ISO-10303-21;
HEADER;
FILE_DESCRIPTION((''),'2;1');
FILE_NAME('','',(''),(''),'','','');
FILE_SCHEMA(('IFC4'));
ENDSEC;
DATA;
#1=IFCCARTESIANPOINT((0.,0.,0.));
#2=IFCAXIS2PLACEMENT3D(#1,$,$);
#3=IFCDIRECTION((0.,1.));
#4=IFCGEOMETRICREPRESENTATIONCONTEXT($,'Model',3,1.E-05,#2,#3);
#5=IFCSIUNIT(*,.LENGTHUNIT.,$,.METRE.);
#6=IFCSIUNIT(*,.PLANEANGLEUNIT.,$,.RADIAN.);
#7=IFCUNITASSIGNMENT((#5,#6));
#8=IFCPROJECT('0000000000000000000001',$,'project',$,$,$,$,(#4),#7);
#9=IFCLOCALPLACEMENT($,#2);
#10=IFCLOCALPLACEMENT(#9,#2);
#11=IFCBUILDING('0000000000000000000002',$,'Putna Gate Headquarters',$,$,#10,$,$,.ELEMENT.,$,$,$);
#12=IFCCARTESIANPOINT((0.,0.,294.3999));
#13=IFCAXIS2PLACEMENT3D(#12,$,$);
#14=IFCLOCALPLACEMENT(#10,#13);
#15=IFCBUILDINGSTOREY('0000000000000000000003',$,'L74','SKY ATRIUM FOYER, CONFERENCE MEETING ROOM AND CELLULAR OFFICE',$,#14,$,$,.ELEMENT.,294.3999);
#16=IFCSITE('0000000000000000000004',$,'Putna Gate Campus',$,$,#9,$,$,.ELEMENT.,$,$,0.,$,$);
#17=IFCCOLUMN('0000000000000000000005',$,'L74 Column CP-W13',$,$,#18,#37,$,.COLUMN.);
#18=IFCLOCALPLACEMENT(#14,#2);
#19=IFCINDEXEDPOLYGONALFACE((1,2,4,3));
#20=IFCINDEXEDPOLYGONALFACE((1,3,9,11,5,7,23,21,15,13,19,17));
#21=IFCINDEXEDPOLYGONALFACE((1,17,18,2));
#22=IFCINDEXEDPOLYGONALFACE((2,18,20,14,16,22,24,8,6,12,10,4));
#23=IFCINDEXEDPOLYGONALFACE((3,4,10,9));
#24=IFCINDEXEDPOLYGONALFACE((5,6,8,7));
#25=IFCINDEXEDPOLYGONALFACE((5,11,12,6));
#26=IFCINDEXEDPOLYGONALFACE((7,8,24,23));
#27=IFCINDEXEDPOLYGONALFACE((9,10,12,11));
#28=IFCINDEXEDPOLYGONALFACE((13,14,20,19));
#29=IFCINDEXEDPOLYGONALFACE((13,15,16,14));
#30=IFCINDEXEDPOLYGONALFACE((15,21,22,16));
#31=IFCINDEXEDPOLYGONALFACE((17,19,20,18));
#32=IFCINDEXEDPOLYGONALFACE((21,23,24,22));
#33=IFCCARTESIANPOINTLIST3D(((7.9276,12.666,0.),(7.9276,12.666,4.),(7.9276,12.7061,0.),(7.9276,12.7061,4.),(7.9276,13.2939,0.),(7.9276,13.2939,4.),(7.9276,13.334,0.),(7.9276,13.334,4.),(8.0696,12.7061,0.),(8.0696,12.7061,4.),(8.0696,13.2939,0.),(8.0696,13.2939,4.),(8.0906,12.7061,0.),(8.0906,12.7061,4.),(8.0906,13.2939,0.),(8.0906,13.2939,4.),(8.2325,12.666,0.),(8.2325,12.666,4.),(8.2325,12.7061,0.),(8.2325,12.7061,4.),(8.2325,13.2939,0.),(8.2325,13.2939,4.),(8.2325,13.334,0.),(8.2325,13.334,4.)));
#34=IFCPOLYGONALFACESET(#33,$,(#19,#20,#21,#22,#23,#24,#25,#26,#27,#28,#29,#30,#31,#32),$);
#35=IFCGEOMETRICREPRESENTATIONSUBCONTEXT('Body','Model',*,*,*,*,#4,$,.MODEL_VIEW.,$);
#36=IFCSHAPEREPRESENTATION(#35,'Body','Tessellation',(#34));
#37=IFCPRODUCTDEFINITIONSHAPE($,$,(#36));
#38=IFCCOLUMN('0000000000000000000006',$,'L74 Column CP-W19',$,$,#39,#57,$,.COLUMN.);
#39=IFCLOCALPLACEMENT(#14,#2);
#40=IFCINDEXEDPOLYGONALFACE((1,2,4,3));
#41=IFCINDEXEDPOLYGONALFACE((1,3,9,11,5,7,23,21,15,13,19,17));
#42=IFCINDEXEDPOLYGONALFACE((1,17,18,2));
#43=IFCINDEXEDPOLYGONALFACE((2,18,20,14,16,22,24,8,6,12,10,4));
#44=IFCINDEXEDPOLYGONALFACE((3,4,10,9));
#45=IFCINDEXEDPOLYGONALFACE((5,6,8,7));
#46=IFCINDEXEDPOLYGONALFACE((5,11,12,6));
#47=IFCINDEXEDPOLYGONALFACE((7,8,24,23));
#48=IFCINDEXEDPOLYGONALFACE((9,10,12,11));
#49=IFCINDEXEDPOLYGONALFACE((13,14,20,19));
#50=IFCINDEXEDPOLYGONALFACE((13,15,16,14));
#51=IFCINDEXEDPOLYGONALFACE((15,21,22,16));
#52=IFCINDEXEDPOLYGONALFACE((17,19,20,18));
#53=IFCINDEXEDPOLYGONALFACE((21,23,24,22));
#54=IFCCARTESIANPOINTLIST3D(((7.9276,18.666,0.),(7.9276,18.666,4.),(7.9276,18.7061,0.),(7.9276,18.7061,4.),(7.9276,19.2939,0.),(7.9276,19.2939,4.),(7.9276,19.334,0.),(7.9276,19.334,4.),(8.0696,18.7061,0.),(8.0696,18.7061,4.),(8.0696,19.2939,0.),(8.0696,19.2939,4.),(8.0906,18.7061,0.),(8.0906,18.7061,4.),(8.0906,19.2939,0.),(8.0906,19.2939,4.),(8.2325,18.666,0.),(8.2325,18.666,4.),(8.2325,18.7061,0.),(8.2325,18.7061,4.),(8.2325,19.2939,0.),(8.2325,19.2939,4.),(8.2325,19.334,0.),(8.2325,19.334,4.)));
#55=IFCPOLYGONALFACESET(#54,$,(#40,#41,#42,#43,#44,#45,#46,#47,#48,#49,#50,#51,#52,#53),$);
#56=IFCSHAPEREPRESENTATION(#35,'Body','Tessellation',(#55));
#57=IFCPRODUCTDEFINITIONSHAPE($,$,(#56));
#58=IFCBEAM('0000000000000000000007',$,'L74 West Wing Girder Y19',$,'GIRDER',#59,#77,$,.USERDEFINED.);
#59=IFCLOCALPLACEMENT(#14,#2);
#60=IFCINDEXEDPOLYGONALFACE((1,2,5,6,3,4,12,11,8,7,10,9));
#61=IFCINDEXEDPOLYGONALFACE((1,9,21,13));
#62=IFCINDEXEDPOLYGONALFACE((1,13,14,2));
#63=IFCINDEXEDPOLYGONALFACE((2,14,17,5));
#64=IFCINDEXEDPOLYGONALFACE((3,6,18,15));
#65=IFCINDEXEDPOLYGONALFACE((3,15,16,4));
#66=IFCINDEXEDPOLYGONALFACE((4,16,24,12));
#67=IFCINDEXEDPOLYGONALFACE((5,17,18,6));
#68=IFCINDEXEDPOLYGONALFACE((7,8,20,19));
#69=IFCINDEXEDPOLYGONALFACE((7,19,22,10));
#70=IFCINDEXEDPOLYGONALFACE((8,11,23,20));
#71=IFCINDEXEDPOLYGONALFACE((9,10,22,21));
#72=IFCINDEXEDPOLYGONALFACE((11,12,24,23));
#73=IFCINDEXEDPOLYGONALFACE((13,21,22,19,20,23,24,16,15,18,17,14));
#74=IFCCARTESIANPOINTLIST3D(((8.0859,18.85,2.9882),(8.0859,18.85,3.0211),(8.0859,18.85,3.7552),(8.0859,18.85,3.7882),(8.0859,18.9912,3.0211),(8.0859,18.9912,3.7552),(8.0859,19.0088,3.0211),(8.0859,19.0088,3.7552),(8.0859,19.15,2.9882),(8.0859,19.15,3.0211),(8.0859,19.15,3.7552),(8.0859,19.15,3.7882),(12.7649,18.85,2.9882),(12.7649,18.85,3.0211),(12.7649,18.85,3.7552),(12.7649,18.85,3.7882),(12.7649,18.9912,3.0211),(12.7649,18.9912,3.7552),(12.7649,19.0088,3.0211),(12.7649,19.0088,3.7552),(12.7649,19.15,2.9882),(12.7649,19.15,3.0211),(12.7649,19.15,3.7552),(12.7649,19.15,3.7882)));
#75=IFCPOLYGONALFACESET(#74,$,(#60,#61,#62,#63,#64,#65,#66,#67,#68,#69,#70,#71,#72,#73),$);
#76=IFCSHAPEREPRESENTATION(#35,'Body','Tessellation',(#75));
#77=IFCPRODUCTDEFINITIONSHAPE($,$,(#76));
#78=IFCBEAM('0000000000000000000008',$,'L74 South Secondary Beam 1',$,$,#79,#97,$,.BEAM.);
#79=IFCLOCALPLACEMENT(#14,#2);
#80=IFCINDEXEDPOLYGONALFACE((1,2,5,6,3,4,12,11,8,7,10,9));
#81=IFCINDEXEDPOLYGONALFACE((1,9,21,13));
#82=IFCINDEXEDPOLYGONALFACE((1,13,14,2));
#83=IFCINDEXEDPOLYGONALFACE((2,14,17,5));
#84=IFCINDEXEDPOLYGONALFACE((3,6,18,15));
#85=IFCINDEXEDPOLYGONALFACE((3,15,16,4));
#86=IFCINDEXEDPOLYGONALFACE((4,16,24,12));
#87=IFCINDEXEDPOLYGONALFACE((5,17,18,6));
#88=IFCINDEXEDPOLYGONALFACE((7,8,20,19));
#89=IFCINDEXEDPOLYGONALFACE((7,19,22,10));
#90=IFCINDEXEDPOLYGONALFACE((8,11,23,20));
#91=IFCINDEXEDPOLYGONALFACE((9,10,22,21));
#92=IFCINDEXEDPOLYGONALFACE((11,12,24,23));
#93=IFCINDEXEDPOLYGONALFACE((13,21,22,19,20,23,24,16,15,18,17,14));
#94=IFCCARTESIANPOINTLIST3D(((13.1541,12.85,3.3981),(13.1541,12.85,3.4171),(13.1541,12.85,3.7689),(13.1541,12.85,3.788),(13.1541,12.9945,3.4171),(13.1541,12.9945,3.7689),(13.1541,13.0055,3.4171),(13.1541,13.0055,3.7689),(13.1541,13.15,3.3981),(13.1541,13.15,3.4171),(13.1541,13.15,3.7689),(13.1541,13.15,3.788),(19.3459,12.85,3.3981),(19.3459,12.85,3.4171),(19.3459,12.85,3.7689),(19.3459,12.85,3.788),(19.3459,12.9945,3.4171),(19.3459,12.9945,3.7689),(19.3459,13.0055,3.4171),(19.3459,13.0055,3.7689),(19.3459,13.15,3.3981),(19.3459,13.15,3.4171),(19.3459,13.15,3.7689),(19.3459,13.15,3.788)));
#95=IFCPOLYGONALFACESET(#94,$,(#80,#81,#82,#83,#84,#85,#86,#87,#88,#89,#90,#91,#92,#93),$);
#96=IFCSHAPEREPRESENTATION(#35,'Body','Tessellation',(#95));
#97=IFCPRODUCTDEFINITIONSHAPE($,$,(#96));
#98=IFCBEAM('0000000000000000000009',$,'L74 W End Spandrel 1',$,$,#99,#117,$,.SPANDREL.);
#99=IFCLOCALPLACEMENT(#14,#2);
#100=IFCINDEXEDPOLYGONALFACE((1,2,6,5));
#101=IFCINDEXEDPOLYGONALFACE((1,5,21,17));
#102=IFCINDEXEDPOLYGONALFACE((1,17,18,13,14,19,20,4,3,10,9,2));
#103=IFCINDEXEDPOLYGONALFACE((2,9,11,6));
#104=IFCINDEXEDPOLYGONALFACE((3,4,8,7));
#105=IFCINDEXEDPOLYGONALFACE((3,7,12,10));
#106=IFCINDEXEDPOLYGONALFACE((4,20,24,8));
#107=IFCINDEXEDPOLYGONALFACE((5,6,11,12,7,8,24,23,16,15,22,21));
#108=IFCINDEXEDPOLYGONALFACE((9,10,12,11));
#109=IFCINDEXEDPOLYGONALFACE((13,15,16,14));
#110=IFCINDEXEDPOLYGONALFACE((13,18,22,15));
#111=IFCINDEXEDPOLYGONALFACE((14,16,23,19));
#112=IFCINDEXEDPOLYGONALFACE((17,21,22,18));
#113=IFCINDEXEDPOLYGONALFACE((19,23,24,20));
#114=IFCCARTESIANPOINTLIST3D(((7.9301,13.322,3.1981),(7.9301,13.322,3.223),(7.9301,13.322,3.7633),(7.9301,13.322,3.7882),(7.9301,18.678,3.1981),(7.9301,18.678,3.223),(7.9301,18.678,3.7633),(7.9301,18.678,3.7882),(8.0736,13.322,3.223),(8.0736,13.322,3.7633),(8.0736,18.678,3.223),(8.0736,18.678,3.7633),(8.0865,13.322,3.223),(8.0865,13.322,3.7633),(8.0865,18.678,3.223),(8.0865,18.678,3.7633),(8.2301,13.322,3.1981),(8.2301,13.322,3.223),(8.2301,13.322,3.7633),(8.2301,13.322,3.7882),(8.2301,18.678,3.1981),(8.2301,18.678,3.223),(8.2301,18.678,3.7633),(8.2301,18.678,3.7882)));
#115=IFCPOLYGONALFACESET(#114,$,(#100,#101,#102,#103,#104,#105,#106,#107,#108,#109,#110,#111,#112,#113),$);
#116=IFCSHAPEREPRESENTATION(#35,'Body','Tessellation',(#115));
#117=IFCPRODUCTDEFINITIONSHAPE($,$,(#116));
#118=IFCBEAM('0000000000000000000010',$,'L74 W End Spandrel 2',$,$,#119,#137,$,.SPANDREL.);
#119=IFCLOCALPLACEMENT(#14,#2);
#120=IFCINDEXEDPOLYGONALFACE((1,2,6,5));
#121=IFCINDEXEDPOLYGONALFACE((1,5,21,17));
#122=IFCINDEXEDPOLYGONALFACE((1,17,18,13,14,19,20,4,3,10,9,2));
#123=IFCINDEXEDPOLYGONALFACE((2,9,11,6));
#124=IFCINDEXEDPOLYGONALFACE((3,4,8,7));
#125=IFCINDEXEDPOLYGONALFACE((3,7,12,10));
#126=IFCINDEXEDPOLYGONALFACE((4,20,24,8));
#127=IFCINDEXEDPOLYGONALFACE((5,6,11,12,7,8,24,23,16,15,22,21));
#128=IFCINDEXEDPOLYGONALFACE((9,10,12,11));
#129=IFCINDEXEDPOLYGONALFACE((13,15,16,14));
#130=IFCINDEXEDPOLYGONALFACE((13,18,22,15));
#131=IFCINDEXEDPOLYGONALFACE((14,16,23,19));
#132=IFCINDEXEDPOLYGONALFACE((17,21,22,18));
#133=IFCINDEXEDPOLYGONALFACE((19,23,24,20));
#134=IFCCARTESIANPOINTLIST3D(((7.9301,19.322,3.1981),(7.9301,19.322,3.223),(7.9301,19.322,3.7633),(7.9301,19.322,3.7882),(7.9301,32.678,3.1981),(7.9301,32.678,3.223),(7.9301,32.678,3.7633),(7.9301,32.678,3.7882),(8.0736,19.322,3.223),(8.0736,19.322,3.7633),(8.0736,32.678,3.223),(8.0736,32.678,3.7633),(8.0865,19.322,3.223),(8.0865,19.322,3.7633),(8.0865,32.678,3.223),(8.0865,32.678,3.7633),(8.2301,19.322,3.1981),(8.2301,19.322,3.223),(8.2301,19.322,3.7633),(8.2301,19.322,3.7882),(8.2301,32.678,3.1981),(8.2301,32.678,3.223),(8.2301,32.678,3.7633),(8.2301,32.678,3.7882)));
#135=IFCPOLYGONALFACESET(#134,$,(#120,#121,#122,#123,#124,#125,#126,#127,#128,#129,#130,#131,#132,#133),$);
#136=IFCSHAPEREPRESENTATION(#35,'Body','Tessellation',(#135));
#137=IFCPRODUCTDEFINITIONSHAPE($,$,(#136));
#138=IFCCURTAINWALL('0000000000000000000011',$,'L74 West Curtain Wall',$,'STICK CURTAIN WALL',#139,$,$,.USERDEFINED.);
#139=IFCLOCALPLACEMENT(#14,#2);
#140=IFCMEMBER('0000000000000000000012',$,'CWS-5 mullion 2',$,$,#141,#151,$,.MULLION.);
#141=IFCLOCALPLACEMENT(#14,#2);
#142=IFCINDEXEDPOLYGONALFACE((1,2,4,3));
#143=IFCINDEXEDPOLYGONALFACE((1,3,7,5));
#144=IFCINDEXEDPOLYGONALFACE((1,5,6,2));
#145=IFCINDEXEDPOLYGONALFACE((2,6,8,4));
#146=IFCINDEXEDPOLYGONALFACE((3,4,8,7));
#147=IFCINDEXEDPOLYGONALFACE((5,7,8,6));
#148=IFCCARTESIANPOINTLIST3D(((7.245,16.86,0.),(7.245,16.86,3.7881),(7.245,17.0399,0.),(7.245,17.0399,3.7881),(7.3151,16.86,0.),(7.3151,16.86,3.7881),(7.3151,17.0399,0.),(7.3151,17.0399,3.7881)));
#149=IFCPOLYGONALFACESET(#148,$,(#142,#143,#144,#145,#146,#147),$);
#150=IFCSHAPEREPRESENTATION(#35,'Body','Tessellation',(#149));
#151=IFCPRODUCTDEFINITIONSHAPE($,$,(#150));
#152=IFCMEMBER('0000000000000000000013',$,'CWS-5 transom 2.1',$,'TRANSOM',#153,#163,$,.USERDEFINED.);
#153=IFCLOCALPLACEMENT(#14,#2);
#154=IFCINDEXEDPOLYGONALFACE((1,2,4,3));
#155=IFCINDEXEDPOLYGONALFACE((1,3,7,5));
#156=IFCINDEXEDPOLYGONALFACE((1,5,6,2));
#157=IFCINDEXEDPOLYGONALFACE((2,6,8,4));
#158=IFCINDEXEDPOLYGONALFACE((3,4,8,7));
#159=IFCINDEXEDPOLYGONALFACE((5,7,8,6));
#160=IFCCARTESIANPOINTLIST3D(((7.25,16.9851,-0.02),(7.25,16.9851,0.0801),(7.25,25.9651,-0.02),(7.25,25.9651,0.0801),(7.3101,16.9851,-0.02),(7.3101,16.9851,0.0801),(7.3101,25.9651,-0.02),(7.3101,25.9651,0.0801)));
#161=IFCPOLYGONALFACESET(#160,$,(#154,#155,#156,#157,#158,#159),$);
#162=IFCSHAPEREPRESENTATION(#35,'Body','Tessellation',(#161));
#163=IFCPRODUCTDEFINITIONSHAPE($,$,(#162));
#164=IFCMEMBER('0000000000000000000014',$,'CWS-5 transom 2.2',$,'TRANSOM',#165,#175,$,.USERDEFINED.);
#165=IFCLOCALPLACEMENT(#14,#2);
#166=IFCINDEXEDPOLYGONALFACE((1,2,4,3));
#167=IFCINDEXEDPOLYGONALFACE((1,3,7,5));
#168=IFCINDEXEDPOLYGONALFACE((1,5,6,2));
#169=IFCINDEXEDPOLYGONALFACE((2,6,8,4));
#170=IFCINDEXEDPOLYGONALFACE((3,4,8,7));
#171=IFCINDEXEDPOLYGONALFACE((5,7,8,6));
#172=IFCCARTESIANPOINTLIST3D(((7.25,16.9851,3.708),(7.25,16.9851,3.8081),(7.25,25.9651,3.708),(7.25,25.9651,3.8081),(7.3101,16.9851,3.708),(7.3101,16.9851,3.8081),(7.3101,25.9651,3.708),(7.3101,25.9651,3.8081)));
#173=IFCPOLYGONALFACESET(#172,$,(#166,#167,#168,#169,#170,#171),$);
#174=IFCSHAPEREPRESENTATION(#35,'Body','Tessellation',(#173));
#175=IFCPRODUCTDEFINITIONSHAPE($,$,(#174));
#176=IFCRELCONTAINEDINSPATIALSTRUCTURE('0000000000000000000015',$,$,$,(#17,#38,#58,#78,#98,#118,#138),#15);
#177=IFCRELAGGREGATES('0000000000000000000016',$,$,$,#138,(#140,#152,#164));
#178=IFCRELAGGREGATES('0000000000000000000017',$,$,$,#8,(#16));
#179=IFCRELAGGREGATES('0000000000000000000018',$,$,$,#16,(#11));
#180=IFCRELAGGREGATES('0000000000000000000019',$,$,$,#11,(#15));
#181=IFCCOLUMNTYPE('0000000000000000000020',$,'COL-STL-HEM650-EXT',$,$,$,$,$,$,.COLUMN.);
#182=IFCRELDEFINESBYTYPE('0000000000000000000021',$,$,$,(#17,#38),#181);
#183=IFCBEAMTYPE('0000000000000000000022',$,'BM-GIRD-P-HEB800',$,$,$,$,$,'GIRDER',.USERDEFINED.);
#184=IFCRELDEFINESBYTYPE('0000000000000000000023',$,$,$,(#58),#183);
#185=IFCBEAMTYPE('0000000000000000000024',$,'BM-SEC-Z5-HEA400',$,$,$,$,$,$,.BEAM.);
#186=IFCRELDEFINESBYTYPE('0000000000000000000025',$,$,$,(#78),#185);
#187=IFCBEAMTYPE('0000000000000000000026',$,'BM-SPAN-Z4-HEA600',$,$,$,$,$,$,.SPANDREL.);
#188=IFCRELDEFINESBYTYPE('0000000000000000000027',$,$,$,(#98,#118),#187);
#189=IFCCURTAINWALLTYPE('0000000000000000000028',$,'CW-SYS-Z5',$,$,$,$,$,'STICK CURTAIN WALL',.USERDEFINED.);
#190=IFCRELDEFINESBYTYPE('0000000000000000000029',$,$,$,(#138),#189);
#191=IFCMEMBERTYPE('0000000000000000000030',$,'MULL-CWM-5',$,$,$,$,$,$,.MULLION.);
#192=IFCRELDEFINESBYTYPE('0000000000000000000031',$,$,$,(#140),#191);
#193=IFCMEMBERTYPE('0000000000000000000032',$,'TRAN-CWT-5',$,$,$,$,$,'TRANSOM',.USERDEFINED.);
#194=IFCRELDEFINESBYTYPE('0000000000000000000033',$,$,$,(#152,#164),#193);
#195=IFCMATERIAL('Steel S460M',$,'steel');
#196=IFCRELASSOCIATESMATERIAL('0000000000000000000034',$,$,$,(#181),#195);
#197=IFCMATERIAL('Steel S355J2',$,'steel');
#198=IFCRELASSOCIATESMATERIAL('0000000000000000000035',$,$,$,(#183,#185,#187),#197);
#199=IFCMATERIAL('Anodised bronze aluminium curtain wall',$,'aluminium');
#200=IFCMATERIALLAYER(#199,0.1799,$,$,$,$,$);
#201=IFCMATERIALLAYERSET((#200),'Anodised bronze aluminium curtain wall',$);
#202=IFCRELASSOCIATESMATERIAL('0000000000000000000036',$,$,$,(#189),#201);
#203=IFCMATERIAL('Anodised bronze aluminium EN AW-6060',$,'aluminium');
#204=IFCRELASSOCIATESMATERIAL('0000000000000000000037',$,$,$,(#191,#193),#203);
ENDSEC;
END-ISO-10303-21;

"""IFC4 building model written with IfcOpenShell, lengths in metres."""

from ifc_helpers import new_model, si_unit, direction, frame, origin, origin_2d, place, context, subcontext, project, spatial, rectangle, i_section, extrude, material, layer, layer_set, material_profile, profile_set, type_object, element, aggregate, save


model = new_model("IFC4")

# Units and contexts
model_context = context("Model", 3, precision=1e-05, world=origin(), true_north=direction((0.0, 1.0)))
body_context = subcontext(model_context, "Body", "Model", "MODEL_VIEW")
ifc_project = project(units=[si_unit("LENGTHUNIT", "METRE"), si_unit("PLANEANGLEUNIT", "RADIAN")], contexts=[model_context])

# Site, building, storey
site_placement = place(None, origin())
site = spatial("IfcSite", under=ifc_project, at=site_placement, Name="Putna Gate Campus", CompositionType="ELEMENT", RefElevation=0.0)
building_placement = place(site_placement, origin())
building = spatial("IfcBuilding", under=site, at=building_placement, Name="Putna Gate Headquarters", CompositionType="ELEMENT")
storey_placement = place(building_placement, frame((0.0, 0.0, 294.3999)))
storey = spatial("IfcBuildingStorey", under=building, at=storey_placement, Name="L74", Description="SKY ATRIUM FOYER, CONFERENCE MEETING ROOM AND CELLULAR OFFICE", CompositionType="ELEMENT", Elevation=294.3999)

# Columns
ifc_material_1 = material(Name="Steel S460M", Category="steel")
ifc_material_profile_1 = material_profile(ifc_material_1, i_section(OverallWidth=0.3049, OverallDepth=0.668, WebThickness=0.021, FlangeThickness=0.04, at=origin_2d()), Name="Steel S460M")
ifc_profile_set_1 = profile_set([ifc_material_profile_1], Name="Steel S460M")
column_type = type_object("IfcColumnType", Name="COL-STL-HEM650-EXT", PredefinedType="COLUMN", material=ifc_profile_set_1)
for number, where, z_axis, x_axis, name in (
    (1, (8.0801, 13.0, 0.0), (0.0, 0.0, 1.0), (1.0, 0.0, 0.0), "L74 Column CP-W13"),
    (2, (8.0801, 19.0, 0.0), (0.0, 0.0, 1.0), (1.0, 0.0, 0.0), "L74 Column CP-W19"),
):
    element("IfcColumn", number, at=place(storey_placement, frame(where, z_axis=z_axis, x_axis=x_axis)), inside=storey, type_object=column_type, Name=name, PredefinedType="COLUMN", context=body_context, shape_type="SweptSolid", body=[
        extrude(i_section(OverallWidth=0.3049, OverallDepth=0.668, WebThickness=0.021, FlangeThickness=0.04, at=origin_2d()), origin(), (0.0, 0.0, 1.0), 4.0),
    ])

# Beams
ifc_material_2 = material(Name="Steel S355J2", Category="steel")
ifc_material_profile_2 = material_profile(ifc_material_2, i_section(OverallWidth=0.3, OverallDepth=0.8, WebThickness=0.0176, FlangeThickness=0.033, at=origin_2d()), Name="Steel S355J2")
ifc_profile_set_2 = profile_set([ifc_material_profile_2], Name="Steel S355J2")
beam_type_1 = type_object("IfcBeamType", Name="BM-GIRD-P-HEB800", ElementType="GIRDER", PredefinedType="USERDEFINED", material=ifc_profile_set_2)
beam_1_placement = place(storey_placement, frame((8.0859, 19.0, 3.3882), z_axis=(1.0, 0.0, 0.0), x_axis=(0.0, 1.0, 0.0)))
element("IfcBeam", 3, at=beam_1_placement, inside=storey, type_object=beam_type_1, Name="L74 West Wing Girder Y19", ObjectType="GIRDER", PredefinedType="USERDEFINED", context=body_context, shape_type="SweptSolid", body=[
    extrude(i_section(OverallWidth=0.3, OverallDepth=0.8, WebThickness=0.0176, FlangeThickness=0.033, at=origin_2d()), origin(), (0.0, 0.0, 1.0), 4.679),
])
ifc_material_profile_3 = material_profile(ifc_material_2, i_section(OverallWidth=0.3, OverallDepth=0.3899, WebThickness=0.011, FlangeThickness=0.019, at=origin_2d()), Name="Steel S355J2")
ifc_profile_set_3 = profile_set([ifc_material_profile_3], Name="Steel S355J2")
beam_type_2 = type_object("IfcBeamType", Name="BM-SEC-Z5-HEA400", PredefinedType="BEAM", material=ifc_profile_set_3)
beam_2_placement = place(storey_placement, frame((13.1541, 13.0, 3.593), z_axis=(1.0, 0.0, 0.0), x_axis=(0.0, 1.0, 0.0)))
element("IfcBeam", 4, at=beam_2_placement, inside=storey, type_object=beam_type_2, Name="L74 South Secondary Beam 1", PredefinedType="BEAM", context=body_context, shape_type="SweptSolid", body=[
    extrude(i_section(OverallWidth=0.3, OverallDepth=0.3899, WebThickness=0.011, FlangeThickness=0.019, at=origin_2d()), origin(), (0.0, 0.0, 1.0), 6.1919),
])
ifc_material_profile_4 = material_profile(ifc_material_2, i_section(OverallWidth=0.3, OverallDepth=0.5901, WebThickness=0.0129, FlangeThickness=0.0249, at=origin_2d()), Name="Steel S355J2")
ifc_profile_set_4 = profile_set([ifc_material_profile_4], Name="Steel S355J2")
beam_type_3 = type_object("IfcBeamType", Name="BM-SPAN-Z4-HEA600", PredefinedType="SPANDREL", material=ifc_profile_set_4)
beam_3_placement = place(storey_placement, frame((8.0801, 13.322, 3.4932), z_axis=(0.0, 1.0, 0.0), x_axis=(-1.0, 0.0, 0.0)))
element("IfcBeam", 5, at=beam_3_placement, inside=storey, type_object=beam_type_3, Name="L74 W End Spandrel 1", PredefinedType="SPANDREL", context=body_context, shape_type="SweptSolid", body=[
    extrude(i_section(OverallWidth=0.3, OverallDepth=0.5901, WebThickness=0.0129, FlangeThickness=0.0249, at=origin_2d()), origin(), (0.0, 0.0, 1.0), 5.356),
])
beam_4_placement = place(storey_placement, frame((8.0801, 19.322, 3.4932), z_axis=(0.0, 1.0, 0.0), x_axis=(-1.0, 0.0, 0.0)))
element("IfcBeam", 6, at=beam_4_placement, inside=storey, type_object=beam_type_3, Name="L74 W End Spandrel 2", PredefinedType="SPANDREL", context=body_context, shape_type="SweptSolid", body=[
    extrude(i_section(OverallWidth=0.3, OverallDepth=0.5901, WebThickness=0.0129, FlangeThickness=0.0249, at=origin_2d()), origin(), (0.0, 0.0, 1.0), 13.356),
])

# Curtain wall, members
ifc_material_3 = material(Name="Anodised bronze aluminium curtain wall", Category="aluminium")
ifc_layer_1 = layer(ifc_material_3, 0.1799)
ifc_layer_set_1 = layer_set([ifc_layer_1], Name="Anodised bronze aluminium curtain wall")
curtain_wall_type = type_object("IfcCurtainWallType", Name="CW-SYS-Z5", ElementType="STICK CURTAIN WALL", PredefinedType="USERDEFINED", material=ifc_layer_set_1)
curtain_wall_placement = place(storey_placement, origin())
curtain_wall = element("IfcCurtainWall", 7, at=curtain_wall_placement, inside=storey, type_object=curtain_wall_type, Name="L74 West Curtain Wall", ObjectType="STICK CURTAIN WALL", PredefinedType="USERDEFINED")
ifc_material_4 = material(Name="Anodised bronze aluminium EN AW-6060", Category="aluminium")
ifc_material_profile_5 = material_profile(ifc_material_4, rectangle(XDim=0.0701, YDim=0.1799, at=origin_2d()), Name="Anodised bronze aluminium EN AW-6060")
ifc_profile_set_5 = profile_set([ifc_material_profile_5], Name="Anodised bronze aluminium EN AW-6060")
member_type_1 = type_object("IfcMemberType", Name="MULL-CWM-5", PredefinedType="MULLION", material=ifc_profile_set_5)
member_1_placement = place(storey_placement, frame((7.28, 16.95, 0.0), z_axis=(0.0, 0.0, 1.0), x_axis=(-1.0, 0.0, 0.0)))
member_1 = element("IfcMember", 8, at=member_1_placement, type_object=member_type_1, Name="CWS-5 mullion 2", PredefinedType="MULLION", context=body_context, shape_type="SweptSolid", body=[
    extrude(rectangle(XDim=0.0701, YDim=0.1799, at=origin_2d()), origin(), (0.0, 0.0, 1.0), 3.7881),
])
ifc_material_profile_6 = material_profile(ifc_material_4, rectangle(XDim=0.0601, YDim=0.1001, at=origin_2d()), Name="Anodised bronze aluminium EN AW-6060")
ifc_profile_set_6 = profile_set([ifc_material_profile_6], Name="Anodised bronze aluminium EN AW-6060")
member_type_2 = type_object("IfcMemberType", Name="TRAN-CWT-5", ElementType="TRANSOM", PredefinedType="USERDEFINED", material=ifc_profile_set_6)
member_2_placement = place(storey_placement, frame((7.28, 16.9851, 0.03), z_axis=(0.0, 1.0, 0.0), x_axis=(-1.0, 0.0, 0.0)))
member_2 = element("IfcMember", 9, at=member_2_placement, type_object=member_type_2, Name="CWS-5 transom 2.1", ObjectType="TRANSOM", PredefinedType="USERDEFINED", context=body_context, shape_type="SweptSolid", body=[
    extrude(rectangle(XDim=0.0601, YDim=0.1001, at=origin_2d()), origin(), (0.0, 0.0, 1.0), 8.98),
])
member_3_placement = place(storey_placement, frame((7.28, 16.9851, 3.7581), z_axis=(0.0, 1.0, 0.0), x_axis=(-1.0, 0.0, 0.0)))
member_3 = element("IfcMember", 10, at=member_3_placement, type_object=member_type_2, Name="CWS-5 transom 2.2", ObjectType="TRANSOM", PredefinedType="USERDEFINED", context=body_context, shape_type="SweptSolid", body=[
    extrude(rectangle(XDim=0.0601, YDim=0.1001, at=origin_2d()), origin(), (0.0, 0.0, 1.0), 8.98),
])
aggregate(curtain_wall, [member_1, member_2, member_3])

save(model, "model.ifc")
